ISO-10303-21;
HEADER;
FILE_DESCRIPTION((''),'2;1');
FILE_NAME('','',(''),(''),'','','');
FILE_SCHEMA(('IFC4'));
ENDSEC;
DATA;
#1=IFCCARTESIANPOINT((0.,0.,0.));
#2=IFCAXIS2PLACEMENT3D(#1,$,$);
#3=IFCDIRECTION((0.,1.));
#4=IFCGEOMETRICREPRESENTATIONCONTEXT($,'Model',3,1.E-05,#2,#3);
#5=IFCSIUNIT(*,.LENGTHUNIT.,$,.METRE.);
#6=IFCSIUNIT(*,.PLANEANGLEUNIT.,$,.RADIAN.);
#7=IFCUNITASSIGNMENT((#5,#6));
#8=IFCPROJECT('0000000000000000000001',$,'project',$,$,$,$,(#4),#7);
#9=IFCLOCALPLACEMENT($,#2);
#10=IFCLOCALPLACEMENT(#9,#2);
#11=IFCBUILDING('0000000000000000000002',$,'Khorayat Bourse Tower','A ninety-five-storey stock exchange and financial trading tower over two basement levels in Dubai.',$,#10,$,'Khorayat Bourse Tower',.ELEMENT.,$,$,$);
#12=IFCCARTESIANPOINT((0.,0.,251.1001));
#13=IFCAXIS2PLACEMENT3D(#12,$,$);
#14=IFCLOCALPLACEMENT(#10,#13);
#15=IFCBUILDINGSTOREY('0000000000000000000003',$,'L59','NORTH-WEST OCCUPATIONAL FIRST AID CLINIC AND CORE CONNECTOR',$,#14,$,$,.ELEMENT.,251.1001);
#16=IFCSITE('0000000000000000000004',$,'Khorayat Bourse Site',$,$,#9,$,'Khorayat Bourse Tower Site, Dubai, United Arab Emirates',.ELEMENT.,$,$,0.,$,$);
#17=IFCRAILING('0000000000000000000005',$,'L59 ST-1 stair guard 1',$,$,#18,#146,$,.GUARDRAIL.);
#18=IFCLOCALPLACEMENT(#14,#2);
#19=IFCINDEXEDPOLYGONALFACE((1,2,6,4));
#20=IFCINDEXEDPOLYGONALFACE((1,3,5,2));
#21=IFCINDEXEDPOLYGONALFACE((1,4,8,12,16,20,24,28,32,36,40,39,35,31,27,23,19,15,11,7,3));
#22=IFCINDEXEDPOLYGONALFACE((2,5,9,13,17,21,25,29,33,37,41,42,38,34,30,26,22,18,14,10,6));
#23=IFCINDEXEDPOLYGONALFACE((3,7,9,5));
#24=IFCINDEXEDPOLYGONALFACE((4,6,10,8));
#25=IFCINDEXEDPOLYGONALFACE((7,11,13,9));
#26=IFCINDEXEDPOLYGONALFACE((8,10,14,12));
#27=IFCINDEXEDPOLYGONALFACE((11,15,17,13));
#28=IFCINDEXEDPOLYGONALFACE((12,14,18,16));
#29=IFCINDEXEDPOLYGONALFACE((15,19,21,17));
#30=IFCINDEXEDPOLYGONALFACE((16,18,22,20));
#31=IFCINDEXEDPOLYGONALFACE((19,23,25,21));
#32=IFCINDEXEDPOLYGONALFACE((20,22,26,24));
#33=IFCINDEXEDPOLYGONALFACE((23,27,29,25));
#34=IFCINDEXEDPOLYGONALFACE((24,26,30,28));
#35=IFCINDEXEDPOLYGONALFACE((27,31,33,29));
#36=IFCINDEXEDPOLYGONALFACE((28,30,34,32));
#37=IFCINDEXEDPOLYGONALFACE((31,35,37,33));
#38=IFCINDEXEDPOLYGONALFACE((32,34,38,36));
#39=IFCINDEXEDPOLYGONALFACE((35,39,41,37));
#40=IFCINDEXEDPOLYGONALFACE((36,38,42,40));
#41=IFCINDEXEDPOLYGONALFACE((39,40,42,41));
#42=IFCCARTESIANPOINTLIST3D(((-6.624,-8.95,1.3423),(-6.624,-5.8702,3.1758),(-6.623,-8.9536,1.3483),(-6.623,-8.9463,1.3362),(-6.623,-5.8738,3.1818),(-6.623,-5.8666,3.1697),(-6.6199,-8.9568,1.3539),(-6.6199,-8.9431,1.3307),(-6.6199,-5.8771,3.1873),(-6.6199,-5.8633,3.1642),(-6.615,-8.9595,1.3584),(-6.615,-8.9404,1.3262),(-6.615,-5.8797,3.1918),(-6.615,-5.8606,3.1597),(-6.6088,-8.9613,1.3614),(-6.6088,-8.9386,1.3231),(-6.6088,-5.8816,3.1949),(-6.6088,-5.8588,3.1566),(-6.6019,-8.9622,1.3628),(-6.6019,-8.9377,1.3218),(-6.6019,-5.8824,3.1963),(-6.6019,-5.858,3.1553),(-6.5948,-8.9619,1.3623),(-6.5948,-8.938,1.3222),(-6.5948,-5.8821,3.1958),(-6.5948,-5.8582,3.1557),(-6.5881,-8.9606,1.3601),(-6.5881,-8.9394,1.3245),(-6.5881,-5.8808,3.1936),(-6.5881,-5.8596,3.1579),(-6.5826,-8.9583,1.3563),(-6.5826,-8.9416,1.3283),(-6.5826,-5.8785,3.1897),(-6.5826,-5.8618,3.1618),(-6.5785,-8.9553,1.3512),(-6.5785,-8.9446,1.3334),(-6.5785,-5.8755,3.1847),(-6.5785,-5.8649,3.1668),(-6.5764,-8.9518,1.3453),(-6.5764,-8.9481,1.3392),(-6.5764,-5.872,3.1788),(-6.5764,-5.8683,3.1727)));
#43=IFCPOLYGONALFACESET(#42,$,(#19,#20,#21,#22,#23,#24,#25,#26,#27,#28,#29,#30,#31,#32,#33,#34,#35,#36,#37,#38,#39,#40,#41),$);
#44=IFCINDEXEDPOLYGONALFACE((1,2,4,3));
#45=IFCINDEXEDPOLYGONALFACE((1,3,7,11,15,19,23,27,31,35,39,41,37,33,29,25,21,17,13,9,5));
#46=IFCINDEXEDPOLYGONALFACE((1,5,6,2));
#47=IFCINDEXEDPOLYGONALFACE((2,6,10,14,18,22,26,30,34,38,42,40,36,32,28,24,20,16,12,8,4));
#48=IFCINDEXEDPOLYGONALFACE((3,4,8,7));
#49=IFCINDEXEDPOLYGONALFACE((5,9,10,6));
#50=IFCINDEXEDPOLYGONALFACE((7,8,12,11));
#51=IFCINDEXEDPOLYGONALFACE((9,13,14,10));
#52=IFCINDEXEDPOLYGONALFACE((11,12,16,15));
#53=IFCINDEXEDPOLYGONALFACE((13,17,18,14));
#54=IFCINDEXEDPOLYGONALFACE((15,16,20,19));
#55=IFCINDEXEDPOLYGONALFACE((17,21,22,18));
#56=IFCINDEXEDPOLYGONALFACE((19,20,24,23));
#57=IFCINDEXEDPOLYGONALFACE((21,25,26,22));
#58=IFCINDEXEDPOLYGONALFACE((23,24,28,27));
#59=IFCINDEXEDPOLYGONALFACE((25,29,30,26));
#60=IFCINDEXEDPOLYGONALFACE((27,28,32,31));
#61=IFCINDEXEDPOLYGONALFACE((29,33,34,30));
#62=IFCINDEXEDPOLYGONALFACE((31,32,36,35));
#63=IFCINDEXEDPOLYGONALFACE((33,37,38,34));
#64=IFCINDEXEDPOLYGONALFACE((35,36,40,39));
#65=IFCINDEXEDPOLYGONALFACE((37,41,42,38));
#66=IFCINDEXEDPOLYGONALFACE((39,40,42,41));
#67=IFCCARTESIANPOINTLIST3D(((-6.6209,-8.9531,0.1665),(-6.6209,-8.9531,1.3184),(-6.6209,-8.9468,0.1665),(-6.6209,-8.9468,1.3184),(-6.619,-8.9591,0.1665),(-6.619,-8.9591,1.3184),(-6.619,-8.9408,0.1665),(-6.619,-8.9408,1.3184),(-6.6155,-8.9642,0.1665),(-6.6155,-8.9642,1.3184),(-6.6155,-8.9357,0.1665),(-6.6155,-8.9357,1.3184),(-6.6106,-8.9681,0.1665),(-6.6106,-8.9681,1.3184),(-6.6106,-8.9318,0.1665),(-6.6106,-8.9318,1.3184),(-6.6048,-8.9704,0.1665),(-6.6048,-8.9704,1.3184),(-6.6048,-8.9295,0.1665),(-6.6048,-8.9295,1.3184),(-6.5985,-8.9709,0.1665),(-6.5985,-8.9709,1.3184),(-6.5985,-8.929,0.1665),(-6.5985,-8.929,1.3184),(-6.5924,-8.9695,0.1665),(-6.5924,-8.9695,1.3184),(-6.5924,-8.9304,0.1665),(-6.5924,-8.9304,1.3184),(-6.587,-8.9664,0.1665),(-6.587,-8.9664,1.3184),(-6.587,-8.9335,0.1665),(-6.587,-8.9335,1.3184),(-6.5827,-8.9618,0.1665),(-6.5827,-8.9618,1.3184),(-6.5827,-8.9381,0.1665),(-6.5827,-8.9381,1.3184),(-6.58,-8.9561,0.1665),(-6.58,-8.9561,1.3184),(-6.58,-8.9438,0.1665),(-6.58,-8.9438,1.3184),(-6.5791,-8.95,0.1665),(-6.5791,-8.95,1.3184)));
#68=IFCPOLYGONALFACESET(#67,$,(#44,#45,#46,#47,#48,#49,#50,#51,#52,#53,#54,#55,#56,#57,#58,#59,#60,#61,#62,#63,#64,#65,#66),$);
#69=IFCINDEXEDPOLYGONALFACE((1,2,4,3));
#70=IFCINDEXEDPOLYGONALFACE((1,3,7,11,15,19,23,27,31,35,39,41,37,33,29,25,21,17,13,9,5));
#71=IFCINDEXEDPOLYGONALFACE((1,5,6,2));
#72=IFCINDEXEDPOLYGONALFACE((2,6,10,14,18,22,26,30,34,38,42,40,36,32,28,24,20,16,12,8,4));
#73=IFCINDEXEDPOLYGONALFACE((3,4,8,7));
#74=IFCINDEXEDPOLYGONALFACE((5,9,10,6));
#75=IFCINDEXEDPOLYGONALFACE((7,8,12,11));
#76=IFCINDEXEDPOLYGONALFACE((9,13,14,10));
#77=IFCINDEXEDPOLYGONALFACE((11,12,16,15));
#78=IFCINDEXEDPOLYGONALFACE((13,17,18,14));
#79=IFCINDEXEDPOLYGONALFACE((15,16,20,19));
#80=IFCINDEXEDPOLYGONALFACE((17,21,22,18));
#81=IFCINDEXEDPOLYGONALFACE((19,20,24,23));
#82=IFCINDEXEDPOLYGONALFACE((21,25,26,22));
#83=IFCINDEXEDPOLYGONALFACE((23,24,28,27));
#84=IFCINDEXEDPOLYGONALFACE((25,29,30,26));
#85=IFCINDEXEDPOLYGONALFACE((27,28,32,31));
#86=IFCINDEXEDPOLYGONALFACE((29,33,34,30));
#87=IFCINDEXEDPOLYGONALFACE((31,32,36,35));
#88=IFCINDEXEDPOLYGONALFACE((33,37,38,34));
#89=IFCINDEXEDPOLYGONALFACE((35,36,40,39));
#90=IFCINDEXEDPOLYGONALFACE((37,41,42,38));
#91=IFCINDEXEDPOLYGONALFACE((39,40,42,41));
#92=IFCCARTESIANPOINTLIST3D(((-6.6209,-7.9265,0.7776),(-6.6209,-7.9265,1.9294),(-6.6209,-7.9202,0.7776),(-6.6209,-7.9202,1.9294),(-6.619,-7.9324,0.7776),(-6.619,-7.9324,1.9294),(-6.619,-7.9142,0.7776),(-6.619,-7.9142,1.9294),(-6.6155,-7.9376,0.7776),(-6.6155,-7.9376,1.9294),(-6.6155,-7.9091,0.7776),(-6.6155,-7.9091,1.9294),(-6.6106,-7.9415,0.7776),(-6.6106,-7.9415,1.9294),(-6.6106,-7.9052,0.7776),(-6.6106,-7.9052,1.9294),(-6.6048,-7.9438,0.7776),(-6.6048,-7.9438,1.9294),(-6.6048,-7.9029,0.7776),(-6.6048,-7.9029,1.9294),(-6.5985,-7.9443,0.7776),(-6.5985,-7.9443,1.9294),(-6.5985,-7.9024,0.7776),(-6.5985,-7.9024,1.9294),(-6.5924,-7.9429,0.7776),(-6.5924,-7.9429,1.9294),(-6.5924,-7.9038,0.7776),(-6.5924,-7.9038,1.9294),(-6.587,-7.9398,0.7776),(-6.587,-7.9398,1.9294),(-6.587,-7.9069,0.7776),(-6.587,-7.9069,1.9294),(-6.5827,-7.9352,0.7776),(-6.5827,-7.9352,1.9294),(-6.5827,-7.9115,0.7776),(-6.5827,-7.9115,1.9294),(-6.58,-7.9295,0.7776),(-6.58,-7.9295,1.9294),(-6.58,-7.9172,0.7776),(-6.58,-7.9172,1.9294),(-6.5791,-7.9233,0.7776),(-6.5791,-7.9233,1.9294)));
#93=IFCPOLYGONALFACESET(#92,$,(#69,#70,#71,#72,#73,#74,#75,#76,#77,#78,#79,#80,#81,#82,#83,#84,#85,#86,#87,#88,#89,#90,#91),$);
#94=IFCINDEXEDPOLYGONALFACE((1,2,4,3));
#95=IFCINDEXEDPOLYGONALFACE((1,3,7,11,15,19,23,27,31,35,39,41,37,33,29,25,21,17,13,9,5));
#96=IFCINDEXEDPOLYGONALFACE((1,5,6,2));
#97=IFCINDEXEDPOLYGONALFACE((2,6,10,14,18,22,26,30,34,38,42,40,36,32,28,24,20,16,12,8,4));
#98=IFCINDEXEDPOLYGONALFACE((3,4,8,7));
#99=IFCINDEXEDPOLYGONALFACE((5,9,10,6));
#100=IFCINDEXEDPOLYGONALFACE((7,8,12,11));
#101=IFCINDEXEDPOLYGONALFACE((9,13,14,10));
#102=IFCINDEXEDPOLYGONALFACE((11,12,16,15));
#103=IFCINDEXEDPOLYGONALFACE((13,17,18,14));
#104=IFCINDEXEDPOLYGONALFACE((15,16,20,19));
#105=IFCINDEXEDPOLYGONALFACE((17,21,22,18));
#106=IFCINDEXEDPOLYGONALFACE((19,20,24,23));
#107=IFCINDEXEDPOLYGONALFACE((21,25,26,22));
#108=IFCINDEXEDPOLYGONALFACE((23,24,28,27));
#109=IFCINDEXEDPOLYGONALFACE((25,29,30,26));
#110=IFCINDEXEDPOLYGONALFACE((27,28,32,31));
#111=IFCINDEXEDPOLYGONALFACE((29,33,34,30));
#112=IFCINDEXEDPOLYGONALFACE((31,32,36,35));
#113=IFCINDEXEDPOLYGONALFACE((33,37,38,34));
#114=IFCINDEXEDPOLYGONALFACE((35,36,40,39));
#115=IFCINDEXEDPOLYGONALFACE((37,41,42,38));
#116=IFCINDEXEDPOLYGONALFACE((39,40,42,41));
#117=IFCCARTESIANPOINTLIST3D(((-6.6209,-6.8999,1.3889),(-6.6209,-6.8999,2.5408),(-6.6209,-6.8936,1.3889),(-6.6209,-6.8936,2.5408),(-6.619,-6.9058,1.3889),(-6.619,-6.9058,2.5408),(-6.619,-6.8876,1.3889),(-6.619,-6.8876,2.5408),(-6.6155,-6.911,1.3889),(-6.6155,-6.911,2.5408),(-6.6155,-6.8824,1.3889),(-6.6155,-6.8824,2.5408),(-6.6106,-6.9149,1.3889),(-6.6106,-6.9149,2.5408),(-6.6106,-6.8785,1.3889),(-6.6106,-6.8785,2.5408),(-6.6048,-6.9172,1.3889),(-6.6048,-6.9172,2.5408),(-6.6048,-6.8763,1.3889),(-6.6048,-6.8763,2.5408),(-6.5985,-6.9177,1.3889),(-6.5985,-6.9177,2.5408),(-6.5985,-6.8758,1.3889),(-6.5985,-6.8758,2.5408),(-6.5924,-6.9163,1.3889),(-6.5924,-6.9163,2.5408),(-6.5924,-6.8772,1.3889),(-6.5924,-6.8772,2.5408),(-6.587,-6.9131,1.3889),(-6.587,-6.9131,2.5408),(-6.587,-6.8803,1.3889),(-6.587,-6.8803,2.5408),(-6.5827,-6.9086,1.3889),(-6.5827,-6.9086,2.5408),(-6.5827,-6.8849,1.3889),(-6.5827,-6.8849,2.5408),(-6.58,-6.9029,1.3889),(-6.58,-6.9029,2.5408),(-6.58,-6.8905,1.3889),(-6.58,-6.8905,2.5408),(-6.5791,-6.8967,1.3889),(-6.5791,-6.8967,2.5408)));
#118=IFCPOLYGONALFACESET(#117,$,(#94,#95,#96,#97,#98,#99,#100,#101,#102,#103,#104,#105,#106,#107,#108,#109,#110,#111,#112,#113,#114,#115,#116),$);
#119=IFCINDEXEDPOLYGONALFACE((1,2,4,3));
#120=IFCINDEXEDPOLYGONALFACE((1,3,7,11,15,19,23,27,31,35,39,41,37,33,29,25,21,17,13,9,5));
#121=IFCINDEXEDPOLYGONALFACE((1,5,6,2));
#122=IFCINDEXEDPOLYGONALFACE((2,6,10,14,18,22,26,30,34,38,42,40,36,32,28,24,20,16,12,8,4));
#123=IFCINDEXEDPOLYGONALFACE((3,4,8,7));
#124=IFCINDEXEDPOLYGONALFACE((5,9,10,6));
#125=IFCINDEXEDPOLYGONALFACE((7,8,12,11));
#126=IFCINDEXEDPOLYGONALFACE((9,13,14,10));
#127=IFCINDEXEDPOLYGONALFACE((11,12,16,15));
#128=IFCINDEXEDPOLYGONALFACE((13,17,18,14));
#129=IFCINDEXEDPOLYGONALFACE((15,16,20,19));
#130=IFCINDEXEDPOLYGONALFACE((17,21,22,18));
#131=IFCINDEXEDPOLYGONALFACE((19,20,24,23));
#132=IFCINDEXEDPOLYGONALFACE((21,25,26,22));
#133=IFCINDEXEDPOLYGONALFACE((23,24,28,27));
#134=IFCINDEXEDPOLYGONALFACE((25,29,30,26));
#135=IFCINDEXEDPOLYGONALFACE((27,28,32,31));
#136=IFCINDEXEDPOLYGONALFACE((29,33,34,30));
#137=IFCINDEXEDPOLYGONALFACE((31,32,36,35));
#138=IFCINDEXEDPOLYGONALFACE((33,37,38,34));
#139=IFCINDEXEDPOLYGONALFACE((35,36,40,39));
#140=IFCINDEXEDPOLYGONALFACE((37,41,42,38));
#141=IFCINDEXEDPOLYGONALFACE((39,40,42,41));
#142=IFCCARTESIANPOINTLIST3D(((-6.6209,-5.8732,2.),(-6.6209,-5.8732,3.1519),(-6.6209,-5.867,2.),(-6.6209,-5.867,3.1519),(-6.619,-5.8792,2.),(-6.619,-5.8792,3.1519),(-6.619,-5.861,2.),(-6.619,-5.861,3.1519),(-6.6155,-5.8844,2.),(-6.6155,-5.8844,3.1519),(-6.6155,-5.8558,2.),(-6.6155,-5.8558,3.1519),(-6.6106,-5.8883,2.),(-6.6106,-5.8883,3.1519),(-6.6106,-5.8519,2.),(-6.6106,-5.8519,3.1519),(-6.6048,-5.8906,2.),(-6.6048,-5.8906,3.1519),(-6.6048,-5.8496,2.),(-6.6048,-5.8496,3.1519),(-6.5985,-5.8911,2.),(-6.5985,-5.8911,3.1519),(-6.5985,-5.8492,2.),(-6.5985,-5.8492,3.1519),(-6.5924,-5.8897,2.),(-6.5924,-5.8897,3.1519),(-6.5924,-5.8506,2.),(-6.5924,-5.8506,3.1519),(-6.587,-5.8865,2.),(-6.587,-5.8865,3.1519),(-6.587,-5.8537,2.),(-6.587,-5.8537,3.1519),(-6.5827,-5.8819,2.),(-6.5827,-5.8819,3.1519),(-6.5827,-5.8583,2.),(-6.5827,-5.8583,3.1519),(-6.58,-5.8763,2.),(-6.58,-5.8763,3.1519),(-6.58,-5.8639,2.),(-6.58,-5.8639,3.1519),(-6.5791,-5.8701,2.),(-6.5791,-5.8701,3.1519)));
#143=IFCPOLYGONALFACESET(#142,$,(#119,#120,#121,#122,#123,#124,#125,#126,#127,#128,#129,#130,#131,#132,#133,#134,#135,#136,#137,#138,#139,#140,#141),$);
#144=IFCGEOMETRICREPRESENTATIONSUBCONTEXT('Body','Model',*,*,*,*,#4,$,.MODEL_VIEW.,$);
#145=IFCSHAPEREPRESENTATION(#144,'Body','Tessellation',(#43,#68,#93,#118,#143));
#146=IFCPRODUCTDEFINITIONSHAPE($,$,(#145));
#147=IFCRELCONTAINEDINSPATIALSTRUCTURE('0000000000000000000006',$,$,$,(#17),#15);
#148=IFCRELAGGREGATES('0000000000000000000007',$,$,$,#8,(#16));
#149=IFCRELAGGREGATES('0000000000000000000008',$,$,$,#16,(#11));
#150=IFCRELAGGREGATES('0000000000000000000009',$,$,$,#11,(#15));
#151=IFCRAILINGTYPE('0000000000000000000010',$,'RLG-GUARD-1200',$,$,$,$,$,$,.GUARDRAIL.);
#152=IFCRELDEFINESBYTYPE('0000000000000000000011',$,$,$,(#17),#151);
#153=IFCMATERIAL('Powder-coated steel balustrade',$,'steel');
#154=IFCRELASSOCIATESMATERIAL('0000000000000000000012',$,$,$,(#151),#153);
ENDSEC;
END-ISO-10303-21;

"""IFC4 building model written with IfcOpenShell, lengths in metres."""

from ifc_helpers import new_model, si_unit, direction, frame, origin, origin_2d, place, context, subcontext, project, spatial, circle, extrude, source, transform, mapped, material, type_object, element, save


model = new_model("IFC4")

# Units and contexts
model_context = context("Model", 3, precision=1e-05, world=origin(), true_north=direction((0.0, 1.0)))
body_context = subcontext(model_context, "Body", "Model", "MODEL_VIEW")
ifc_project = project(units=[si_unit("LENGTHUNIT", "METRE"), si_unit("PLANEANGLEUNIT", "RADIAN")], contexts=[model_context])

# Site, building, storey
site_placement = place(None, origin())
site = spatial("IfcSite", under=ifc_project, at=site_placement, Name="Khorayat Bourse Site", LongName="Khorayat Bourse Tower Site, Dubai, United Arab Emirates", CompositionType="ELEMENT", RefElevation=0.0)
building_placement = place(site_placement, origin())
building = spatial("IfcBuilding", under=site, at=building_placement, Name="Khorayat Bourse Tower", Description="A ninety-five-storey stock exchange and financial trading tower over two basement levels in Dubai.", LongName="Khorayat Bourse Tower", CompositionType="ELEMENT")
storey_placement = place(building_placement, frame((0.0, 0.0, 251.1001)))
storey = spatial("IfcBuildingStorey", under=building, at=storey_placement, Name="L59", Description="NORTH-WEST OCCUPATIONAL FIRST AID CLINIC AND CORE CONNECTOR", CompositionType="ELEMENT", Elevation=251.1001)

# Railing
ifc_material_1 = material(Name="Powder-coated steel balustrade", Category="steel")
railing_type_1 = type_object("IfcRailingType", Name="RLG-GUARD-1200", PredefinedType="GUARDRAIL", material=ifc_material_1)
shared_shape_1 = source(origin(), body_context, "Body", "SweptSolid", [
    extrude(circle(Radius=0.0239, at=origin_2d()), frame((0.0, 0.0, 1.1758), z_axis=(0.0, 0.859261, 0.511538), x_axis=(-1.0, 0.0, 0.0)), (0.0, 0.0, 1.0), 3.5842),
    extrude(circle(Radius=0.021, at=origin_2d()), origin(), (0.0, 0.0, 1.0), 1.1519),
    extrude(circle(Radius=0.021, at=origin_2d()), frame((0.0, 1.0266, 0.6111)), (0.0, 0.0, 1.0), 1.1519),
    extrude(circle(Radius=0.021, at=origin_2d()), frame((0.0, 2.0532, 1.2224)), (0.0, 0.0, 1.0), 1.1519),
    extrude(circle(Radius=0.021, at=origin_2d()), frame((0.0, 3.0798, 1.8335)), (0.0, 0.0, 1.0), 1.1519),
])
railing_1_placement = place(storey_placement, frame((-6.6001, -8.95, 0.1665)))
element("IfcRailing", 1, at=railing_1_placement, inside=storey, type_object=railing_type_1, Name="L59 ST-1 stair guard 1", PredefinedType="GUARDRAIL", context=body_context, shape_type="MappedRepresentation", body=[
    mapped(shared_shape_1, transform((0.0, 0.0, 0.0), scale=1.0)),
])

save(model, "model.ifc")
